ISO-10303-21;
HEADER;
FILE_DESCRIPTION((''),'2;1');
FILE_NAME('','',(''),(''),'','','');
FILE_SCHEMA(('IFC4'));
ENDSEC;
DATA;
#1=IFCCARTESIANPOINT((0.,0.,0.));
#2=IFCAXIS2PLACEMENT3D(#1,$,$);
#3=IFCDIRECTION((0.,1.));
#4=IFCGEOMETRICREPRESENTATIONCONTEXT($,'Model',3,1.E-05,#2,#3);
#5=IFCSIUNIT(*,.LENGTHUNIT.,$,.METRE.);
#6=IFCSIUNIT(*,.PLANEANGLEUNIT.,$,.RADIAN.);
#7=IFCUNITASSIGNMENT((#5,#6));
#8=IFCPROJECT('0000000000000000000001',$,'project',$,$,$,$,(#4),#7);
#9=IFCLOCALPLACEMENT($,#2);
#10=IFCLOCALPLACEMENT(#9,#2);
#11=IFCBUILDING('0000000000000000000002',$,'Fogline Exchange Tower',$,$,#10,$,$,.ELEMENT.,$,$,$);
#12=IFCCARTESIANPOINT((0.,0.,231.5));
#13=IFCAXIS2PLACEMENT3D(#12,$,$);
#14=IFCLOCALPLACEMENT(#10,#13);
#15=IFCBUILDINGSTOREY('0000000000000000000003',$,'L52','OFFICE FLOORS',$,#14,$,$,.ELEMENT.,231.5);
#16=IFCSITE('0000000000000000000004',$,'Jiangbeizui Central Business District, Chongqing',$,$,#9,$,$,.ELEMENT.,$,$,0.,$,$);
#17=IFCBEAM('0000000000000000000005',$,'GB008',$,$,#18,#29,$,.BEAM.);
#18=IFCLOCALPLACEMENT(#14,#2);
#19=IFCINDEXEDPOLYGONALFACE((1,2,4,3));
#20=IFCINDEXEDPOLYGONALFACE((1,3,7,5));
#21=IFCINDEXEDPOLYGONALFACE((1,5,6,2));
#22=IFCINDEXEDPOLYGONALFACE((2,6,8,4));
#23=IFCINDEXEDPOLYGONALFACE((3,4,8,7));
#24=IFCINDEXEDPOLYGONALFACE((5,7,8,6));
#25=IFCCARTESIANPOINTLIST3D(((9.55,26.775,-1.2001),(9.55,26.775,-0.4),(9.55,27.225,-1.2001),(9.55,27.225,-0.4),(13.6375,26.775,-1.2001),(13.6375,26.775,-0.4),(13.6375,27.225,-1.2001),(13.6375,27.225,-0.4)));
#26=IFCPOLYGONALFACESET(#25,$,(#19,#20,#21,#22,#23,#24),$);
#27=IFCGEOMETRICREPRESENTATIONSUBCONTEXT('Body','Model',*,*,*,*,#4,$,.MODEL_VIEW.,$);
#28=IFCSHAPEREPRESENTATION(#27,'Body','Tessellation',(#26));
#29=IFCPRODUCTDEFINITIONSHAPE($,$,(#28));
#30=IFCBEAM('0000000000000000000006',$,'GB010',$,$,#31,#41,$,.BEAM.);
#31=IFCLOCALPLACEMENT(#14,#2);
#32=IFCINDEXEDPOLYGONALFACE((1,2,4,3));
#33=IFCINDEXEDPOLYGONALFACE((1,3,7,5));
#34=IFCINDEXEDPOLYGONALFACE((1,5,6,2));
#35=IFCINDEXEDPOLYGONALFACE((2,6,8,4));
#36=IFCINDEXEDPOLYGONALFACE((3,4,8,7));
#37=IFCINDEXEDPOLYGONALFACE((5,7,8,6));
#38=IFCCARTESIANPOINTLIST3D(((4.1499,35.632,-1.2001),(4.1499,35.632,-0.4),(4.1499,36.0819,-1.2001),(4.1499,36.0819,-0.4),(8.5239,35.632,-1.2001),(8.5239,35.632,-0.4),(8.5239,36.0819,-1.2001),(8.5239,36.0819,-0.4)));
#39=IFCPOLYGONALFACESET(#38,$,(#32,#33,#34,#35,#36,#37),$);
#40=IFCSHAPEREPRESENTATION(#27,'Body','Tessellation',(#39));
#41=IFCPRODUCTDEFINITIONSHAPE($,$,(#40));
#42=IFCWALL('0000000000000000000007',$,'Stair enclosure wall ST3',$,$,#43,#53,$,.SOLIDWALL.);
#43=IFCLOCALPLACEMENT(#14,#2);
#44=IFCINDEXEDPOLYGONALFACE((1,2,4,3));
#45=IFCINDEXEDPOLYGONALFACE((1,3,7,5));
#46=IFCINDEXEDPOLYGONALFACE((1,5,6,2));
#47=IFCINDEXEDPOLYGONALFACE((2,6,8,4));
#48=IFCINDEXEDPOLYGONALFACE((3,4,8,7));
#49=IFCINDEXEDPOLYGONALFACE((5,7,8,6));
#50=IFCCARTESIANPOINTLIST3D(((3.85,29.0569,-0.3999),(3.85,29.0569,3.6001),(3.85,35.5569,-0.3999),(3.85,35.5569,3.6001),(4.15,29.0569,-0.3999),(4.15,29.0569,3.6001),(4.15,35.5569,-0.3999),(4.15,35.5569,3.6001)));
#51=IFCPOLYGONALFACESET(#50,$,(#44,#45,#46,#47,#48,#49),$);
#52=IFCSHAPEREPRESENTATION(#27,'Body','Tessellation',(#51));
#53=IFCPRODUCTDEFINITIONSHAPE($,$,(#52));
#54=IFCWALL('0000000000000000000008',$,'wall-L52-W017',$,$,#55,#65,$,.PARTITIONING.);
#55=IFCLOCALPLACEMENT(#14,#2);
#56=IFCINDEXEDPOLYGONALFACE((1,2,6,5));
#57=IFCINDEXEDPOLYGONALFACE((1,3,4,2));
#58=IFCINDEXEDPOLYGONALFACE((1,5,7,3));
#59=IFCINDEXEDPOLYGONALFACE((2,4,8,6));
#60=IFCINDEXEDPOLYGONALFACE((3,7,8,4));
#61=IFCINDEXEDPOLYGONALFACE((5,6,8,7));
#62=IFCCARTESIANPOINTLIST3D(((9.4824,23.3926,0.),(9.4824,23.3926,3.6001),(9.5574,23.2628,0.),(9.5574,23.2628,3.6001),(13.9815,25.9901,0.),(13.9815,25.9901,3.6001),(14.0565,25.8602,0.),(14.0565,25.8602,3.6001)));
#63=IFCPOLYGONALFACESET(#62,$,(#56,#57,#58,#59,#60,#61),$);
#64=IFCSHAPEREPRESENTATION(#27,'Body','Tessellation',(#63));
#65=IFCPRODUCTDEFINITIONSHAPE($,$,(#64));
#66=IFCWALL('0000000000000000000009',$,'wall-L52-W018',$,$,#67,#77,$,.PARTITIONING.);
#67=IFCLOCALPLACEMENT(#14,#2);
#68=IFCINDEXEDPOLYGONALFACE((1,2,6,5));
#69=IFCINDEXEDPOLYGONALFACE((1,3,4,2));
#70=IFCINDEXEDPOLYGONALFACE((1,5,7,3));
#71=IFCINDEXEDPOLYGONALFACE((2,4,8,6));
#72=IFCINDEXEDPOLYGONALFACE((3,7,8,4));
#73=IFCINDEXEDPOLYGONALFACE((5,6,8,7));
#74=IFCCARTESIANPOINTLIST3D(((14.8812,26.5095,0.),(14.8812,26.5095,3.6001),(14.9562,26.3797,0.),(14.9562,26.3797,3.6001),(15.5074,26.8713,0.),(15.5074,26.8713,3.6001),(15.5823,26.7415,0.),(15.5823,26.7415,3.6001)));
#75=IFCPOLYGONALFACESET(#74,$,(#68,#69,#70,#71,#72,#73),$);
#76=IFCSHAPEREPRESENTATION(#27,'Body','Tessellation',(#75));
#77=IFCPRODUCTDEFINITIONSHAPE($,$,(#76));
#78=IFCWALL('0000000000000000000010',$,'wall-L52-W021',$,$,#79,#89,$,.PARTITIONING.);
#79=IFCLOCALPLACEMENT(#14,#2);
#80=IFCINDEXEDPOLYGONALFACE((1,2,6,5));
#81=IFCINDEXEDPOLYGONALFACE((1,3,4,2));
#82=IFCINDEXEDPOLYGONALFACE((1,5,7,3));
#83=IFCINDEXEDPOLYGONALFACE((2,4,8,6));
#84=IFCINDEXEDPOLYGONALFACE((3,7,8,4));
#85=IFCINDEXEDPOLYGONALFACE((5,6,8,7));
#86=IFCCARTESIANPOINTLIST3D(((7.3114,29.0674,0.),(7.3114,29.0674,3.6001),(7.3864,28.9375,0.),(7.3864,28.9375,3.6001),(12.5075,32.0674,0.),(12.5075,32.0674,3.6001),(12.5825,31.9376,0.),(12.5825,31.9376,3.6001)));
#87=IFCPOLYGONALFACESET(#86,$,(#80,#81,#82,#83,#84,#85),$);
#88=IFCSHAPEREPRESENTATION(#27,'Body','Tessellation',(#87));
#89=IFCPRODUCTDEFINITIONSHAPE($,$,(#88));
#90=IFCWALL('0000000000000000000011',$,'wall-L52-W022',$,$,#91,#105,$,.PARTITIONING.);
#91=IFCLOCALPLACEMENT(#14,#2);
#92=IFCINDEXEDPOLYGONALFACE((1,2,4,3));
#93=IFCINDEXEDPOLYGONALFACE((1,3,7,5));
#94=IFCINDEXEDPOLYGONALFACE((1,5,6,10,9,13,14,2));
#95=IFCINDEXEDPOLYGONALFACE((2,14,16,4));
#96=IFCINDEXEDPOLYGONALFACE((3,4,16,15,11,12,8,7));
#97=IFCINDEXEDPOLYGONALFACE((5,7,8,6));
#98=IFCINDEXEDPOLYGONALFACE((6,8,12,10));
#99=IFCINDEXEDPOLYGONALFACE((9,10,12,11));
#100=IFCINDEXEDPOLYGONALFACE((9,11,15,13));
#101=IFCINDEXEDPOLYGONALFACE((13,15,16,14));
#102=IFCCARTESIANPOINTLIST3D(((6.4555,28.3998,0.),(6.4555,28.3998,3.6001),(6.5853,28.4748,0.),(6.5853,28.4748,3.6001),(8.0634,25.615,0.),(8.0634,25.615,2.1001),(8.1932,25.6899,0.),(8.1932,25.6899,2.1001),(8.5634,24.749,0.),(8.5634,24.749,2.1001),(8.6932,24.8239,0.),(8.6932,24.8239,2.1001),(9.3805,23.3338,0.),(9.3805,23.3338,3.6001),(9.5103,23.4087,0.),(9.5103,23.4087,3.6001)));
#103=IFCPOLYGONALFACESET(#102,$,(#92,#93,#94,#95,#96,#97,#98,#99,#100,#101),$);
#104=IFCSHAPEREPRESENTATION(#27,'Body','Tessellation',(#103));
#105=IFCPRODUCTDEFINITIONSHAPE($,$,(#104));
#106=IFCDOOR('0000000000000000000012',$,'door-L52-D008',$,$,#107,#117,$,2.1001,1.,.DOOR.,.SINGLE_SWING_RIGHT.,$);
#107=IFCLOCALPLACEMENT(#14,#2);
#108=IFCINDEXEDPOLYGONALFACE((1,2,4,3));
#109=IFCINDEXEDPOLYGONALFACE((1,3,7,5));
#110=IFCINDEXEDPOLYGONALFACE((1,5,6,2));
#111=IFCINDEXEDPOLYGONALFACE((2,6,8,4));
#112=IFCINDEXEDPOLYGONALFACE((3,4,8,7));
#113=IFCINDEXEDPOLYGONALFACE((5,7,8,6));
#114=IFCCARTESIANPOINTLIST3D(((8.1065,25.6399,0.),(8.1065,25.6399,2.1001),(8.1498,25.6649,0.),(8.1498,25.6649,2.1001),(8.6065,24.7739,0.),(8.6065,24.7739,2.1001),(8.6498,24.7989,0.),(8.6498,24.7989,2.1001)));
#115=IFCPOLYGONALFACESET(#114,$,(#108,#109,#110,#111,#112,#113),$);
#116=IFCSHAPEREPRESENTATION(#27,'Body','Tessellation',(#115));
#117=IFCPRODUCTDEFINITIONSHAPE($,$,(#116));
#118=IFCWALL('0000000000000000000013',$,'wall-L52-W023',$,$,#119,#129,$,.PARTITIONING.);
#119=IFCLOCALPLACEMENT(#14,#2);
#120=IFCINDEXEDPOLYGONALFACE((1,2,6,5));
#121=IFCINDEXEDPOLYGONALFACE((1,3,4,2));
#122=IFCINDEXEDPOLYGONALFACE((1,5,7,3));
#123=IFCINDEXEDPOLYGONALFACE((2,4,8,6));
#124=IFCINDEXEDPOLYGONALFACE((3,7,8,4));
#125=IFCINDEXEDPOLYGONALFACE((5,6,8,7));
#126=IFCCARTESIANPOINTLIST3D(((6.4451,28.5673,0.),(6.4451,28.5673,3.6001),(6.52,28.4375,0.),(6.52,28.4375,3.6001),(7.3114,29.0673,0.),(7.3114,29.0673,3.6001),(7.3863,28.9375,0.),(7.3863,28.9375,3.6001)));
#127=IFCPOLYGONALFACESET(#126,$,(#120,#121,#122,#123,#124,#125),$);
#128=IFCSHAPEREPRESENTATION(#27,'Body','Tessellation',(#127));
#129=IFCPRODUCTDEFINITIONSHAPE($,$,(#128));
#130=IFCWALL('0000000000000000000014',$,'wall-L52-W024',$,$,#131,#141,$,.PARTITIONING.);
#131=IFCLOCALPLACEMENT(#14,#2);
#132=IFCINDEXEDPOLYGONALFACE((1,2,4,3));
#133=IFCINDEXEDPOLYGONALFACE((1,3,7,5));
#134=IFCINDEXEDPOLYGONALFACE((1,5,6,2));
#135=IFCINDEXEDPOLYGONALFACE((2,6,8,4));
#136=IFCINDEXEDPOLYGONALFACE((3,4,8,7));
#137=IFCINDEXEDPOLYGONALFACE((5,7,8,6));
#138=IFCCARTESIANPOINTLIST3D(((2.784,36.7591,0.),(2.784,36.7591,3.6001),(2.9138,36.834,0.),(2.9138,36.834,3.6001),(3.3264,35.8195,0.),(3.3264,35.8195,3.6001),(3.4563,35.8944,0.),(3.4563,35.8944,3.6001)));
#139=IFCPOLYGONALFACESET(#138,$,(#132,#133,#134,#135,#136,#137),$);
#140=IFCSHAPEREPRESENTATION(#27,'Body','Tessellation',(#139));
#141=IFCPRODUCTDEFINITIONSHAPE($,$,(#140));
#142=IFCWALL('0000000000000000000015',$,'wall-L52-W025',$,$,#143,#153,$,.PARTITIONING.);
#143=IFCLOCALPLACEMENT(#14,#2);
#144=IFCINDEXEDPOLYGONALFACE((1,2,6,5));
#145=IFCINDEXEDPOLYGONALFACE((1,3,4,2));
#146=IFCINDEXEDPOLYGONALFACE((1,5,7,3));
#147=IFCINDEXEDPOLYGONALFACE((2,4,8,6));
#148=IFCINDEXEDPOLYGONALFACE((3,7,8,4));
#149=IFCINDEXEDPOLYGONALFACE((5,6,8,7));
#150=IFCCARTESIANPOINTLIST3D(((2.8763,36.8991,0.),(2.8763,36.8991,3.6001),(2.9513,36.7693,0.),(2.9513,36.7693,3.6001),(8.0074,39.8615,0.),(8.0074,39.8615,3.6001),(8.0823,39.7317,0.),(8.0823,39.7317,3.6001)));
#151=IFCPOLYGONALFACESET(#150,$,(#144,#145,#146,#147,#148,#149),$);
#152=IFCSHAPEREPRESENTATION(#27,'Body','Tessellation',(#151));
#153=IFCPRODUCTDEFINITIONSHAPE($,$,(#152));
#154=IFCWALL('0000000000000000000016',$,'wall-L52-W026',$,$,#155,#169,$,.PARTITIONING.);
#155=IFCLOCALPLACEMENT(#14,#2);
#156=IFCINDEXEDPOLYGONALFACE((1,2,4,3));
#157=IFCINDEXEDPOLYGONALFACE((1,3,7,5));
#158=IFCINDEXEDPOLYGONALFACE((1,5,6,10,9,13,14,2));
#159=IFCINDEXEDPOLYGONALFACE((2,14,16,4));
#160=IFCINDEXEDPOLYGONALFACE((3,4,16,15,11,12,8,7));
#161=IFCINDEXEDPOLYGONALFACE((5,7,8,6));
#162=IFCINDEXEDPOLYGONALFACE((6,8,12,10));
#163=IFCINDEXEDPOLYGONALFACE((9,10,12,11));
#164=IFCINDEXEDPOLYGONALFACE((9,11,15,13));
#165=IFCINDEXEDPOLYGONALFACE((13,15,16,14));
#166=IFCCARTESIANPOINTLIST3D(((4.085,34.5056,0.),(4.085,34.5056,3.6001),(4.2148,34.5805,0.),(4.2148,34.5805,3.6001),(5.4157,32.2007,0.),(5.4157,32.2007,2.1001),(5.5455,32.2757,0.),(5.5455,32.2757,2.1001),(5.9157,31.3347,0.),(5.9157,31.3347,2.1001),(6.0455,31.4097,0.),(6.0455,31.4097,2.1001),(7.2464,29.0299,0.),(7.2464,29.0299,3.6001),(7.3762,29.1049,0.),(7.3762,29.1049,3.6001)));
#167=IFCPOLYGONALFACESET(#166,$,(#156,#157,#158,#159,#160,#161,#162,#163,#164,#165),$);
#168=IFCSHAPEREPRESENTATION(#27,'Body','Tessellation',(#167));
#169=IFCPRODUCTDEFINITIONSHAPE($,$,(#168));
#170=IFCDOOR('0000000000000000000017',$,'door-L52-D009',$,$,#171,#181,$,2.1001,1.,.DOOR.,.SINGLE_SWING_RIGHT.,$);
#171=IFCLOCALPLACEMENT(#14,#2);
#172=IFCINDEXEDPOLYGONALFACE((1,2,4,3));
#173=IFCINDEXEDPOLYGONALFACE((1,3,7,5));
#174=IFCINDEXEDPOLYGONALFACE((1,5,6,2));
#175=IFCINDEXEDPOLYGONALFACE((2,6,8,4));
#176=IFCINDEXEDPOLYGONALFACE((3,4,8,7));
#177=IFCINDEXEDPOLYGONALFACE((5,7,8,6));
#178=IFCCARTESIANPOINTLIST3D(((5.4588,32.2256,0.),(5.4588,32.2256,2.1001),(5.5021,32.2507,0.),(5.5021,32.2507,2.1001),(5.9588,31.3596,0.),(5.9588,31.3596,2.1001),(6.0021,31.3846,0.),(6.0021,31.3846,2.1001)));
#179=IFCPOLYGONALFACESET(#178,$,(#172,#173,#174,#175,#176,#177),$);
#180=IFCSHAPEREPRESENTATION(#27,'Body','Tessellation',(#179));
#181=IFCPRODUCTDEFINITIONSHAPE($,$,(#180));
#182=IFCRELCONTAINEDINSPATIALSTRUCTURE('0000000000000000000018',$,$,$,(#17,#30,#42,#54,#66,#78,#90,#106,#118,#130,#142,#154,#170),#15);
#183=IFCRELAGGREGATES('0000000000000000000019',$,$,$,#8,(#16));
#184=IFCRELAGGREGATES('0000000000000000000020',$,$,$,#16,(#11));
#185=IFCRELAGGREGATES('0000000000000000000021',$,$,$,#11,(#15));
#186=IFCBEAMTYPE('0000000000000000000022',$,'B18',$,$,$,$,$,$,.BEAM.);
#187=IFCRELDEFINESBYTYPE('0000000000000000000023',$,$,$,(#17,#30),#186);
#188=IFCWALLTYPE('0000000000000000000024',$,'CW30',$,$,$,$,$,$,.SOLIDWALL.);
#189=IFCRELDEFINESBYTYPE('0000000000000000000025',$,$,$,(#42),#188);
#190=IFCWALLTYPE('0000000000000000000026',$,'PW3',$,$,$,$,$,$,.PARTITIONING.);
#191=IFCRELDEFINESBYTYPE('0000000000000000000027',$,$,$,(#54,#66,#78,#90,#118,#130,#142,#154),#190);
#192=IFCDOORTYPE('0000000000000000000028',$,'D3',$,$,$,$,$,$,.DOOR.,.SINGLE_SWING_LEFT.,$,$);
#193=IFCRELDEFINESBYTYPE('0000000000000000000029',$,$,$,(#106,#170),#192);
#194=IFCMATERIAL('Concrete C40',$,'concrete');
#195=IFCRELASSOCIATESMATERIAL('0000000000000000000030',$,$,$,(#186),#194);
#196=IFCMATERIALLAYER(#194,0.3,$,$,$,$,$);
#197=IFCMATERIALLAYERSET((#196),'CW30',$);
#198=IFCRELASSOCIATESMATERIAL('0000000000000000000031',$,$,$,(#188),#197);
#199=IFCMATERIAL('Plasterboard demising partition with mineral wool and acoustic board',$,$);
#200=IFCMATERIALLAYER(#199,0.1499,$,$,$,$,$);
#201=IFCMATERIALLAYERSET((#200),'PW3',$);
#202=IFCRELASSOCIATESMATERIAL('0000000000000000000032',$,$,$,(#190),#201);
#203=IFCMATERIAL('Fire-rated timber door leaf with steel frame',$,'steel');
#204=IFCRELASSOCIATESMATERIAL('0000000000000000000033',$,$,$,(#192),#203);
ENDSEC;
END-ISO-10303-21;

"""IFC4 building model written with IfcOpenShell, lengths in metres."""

from ifc_helpers import new_model, si_unit, direction, frame, frame_2d, origin, origin_2d, place, context, subcontext, project, spatial, rectangle, extrude, material, layer, layer_set, material_profile, profile_set, type_object, element, fill, save


model = new_model("IFC4")

# Units and contexts
model_context = context("Model", 3, precision=1e-05, world=origin(), true_north=direction((0.0, 1.0)))
body_context = subcontext(model_context, "Body", "Model", "MODEL_VIEW")
ifc_project = project(units=[si_unit("LENGTHUNIT", "METRE"), si_unit("PLANEANGLEUNIT", "RADIAN")], contexts=[model_context])

# Site, building, storey
site_placement = place(None, origin())
site = spatial("IfcSite", under=ifc_project, at=site_placement, Name="Jiangbeizui Central Business District, Chongqing", CompositionType="ELEMENT", RefElevation=0.0)
building_placement = place(site_placement, origin())
building = spatial("IfcBuilding", under=site, at=building_placement, Name="Fogline Exchange Tower", CompositionType="ELEMENT")
storey_placement = place(building_placement, frame((0.0, 0.0, 231.5)))
storey = spatial("IfcBuildingStorey", under=building, at=storey_placement, Name="L52", Description="OFFICE FLOORS", CompositionType="ELEMENT", Elevation=231.5)

# Beams
ifc_material_1 = material(Name="Concrete C40", Category="concrete")
ifc_material_profile_1 = material_profile(ifc_material_1, rectangle(XDim=0.45, YDim=0.8, at=origin_2d()), Name="RC 450x800")
ifc_profile_set_1 = profile_set([ifc_material_profile_1], Name="Concrete C40")
beam_type_1 = type_object("IfcBeamType", Name="B18", PredefinedType="BEAM", material=ifc_profile_set_1)
beam_1_placement = place(storey_placement, frame((9.55, 27.0, -0.8), z_axis=(1.0, 0.0, 0.0), x_axis=(0.0, 1.0, 0.0)))
element("IfcBeam", 1, at=beam_1_placement, inside=storey, type_object=beam_type_1, Name="GB008", PredefinedType="BEAM", context=body_context, shape_type="SweptSolid", body=[
    extrude(rectangle(XDim=0.45, YDim=0.8, at=origin_2d()), origin(), (0.0, 0.0, 1.0), 4.0874),
])
beam_2_placement = place(storey_placement, frame((4.1499, 35.8569, -0.8), z_axis=(1.0, 0.0, 0.0), x_axis=(0.0, 1.0, 0.0)))
element("IfcBeam", 2, at=beam_2_placement, inside=storey, type_object=beam_type_1, Name="GB010", PredefinedType="BEAM", context=body_context, shape_type="SweptSolid", body=[
    extrude(rectangle(XDim=0.45, YDim=0.8, at=origin_2d()), origin(), (0.0, 0.0, 1.0), 4.374),
])

# Wall
ifc_layer_1 = layer(ifc_material_1, 0.3)
ifc_layer_set_1 = layer_set([ifc_layer_1], Name="CW30")
wall_type_1 = type_object("IfcWallType", Name="CW30", PredefinedType="SOLIDWALL", material=ifc_layer_set_1)
wall_1_placement = place(storey_placement, frame((4.0, 29.0569, -0.3999), z_axis=(0.0, 0.0, 1.0), x_axis=(0.0, 1.0, 0.0)))
element("IfcWall", 3, at=wall_1_placement, inside=storey, type_object=wall_type_1, Name="Stair enclosure wall ST3", PredefinedType="SOLIDWALL", context=body_context, shape_type="SweptSolid", body=[
    extrude(rectangle(XDim=6.5, YDim=0.3, at=frame_2d((3.25, 0.0))), origin(), (0.0, 0.0, 1.0), 4.0),
])

# Walls
ifc_material_2 = material(Name="Plasterboard demising partition with mineral wool and acoustic board")
ifc_layer_2 = layer(ifc_material_2, 0.1499)
ifc_layer_set_2 = layer_set([ifc_layer_2], Name="PW3")
wall_type_2 = type_object("IfcWallType", Name="PW3", PredefinedType="PARTITIONING", material=ifc_layer_set_2)
wall_2_placement = place(storey_placement, frame((9.5198, 23.3276, 0.0), z_axis=(0.0, 0.0, 1.0), x_axis=(0.866034, 0.499986, 0.0)))
element("IfcWall", 4, at=wall_2_placement, inside=storey, type_object=wall_type_2, Name="wall-L52-W017", PredefinedType="PARTITIONING", context=body_context, shape_type="SweptSolid", body=[
    extrude(rectangle(XDim=5.1951, YDim=0.1499, at=frame_2d((2.5977, 0.0))), origin(), (0.0, 0.0, 1.0), 3.6001),
])
wall_3_placement = place(storey_placement, frame((14.9187, 26.4446, 0.0), z_axis=(0.0, 0.0, 1.0), x_axis=(0.865865, 0.500278, 0.0)))
element("IfcWall", 5, at=wall_3_placement, inside=storey, type_object=wall_type_2, Name="wall-L52-W018", PredefinedType="PARTITIONING", context=body_context, shape_type="SweptSolid", body=[
    extrude(rectangle(XDim=0.7231, YDim=0.1499, at=frame_2d((0.3616, 0.0))), origin(), (0.0, 0.0, 1.0), 3.6001),
])
wall_4_placement = place(storey_placement, frame((7.3489, 29.0024, 0.0), z_axis=(0.0, 0.0, 1.0), x_axis=(0.866021, 0.500008, 0.0)))
element("IfcWall", 6, at=wall_4_placement, inside=storey, type_object=wall_type_2, Name="wall-L52-W021", PredefinedType="PARTITIONING", context=body_context, shape_type="SweptSolid", body=[
    extrude(rectangle(XDim=6.0, YDim=0.1499, at=frame_2d((3.0, 0.0))), origin(), (0.0, 0.0, 1.0), 3.6001),
])

# Wall, opening, door
wall_5_placement = place(storey_placement, frame((9.4453, 23.3713, 0.0), z_axis=(0.0, 0.0, 1.0), x_axis=(-0.500013, 0.866018, 0.0)))
wall_5 = element("IfcWall", 7, at=wall_5_placement, inside=storey, type_object=wall_type_2, Name="wall-L52-W022", PredefinedType="PARTITIONING", context=body_context, shape_type="SweptSolid", body=[
    extrude(rectangle(XDim=5.8499, YDim=0.1499, at=frame_2d((2.9248, 0.0))), origin(), (0.0, 0.0, 1.0), 3.6001),
])
opening_1_placement = place(wall_5_placement, frame((1.634, 0.0, 0.0)))
opening_1 = element("IfcOpeningElement", 8, at=opening_1_placement, cuts=wall_5, PredefinedType="OPENING", context=body_context, shape_type="SweptSolid", body=[
    extrude(rectangle(XDim=1.0, YDim=2.1001, at=frame_2d((0.5, 1.05))), frame((0.0, 0.085, 0.0), z_axis=(0.0, -1.0, 0.0), x_axis=(1.0, 0.0, 0.0)), (0.0, 0.0, 1.0), 0.1699),
])
ifc_material_3 = material(Name="Fire-rated timber door leaf with steel frame", Category="steel")
door_type_1 = type_object("IfcDoorType", Name="D3", OperationType="SINGLE_SWING_LEFT", PredefinedType="DOOR", material=ifc_material_3)
door_1_placement = place(opening_1_placement, frame((1.0, 0.0, 0.0), z_axis=(0.0, 0.0, 1.0), x_axis=(-1.0, 0.0, 0.0)))
door_1 = element("IfcDoor", 9, at=door_1_placement, inside=storey, type_object=door_type_1, Name="door-L52-D008", OperationType="SINGLE_SWING_RIGHT", OverallHeight=2.1001, OverallWidth=1.0, PredefinedType="DOOR", context=body_context, shape_type="SweptSolid", body=[
    extrude(rectangle(XDim=1.0, YDim=2.1001, at=frame_2d((0.5, 1.05))), frame((0.0, 0.0249, 0.0), z_axis=(0.0, -1.0, 0.0), x_axis=(1.0, 0.0, 0.0)), (0.0, 0.0, 1.0), 0.05),
])
fill(opening_1, door_1)

# Walls
wall_6_placement = place(storey_placement, frame((6.4827, 28.5024, 0.0), z_axis=(0.0, 0.0, 1.0), x_axis=(0.866072, 0.49992, 0.0)))
element("IfcWall", 10, at=wall_6_placement, inside=storey, type_object=wall_type_2, Name="wall-L52-W023", PredefinedType="PARTITIONING", context=body_context, shape_type="SweptSolid", body=[
    extrude(rectangle(XDim=1.0002, YDim=0.1499, at=frame_2d((0.5, 0.0))), origin(), (0.0, 0.0, 1.0), 3.6001),
])
wall_7_placement = place(storey_placement, frame((3.3914, 35.8569, 0.0), z_axis=(0.0, 0.0, 1.0), x_axis=(-0.499963, 0.866047, 0.0)))
element("IfcWall", 11, at=wall_7_placement, inside=storey, type_object=wall_type_2, Name="wall-L52-W024", PredefinedType="PARTITIONING", context=body_context, shape_type="SweptSolid", body=[
    extrude(rectangle(XDim=1.085, YDim=0.1499, at=frame_2d((0.5425, 0.0))), origin(), (0.0, 0.0, 1.0), 3.6001),
])
wall_8_placement = place(storey_placement, frame((2.9138, 36.8342, 0.0), z_axis=(0.0, 0.0, 1.0), x_axis=(0.866028, 0.499995, 0.0)))
element("IfcWall", 12, at=wall_8_placement, inside=storey, type_object=wall_type_2, Name="wall-L52-W025", PredefinedType="PARTITIONING", context=body_context, shape_type="SweptSolid", body=[
    extrude(rectangle(XDim=5.9248, YDim=0.1499, at=frame_2d((2.9624, 0.0))), origin(), (0.0, 0.0, 1.0), 3.6001),
])

# Wall, opening, door
wall_9_placement = place(storey_placement, frame((7.3113, 29.0674, 0.0), z_axis=(0.0, 0.0, 1.0), x_axis=(-0.500005, 0.866022, 0.0)))
wall_9 = element("IfcWall", 13, at=wall_9_placement, inside=storey, type_object=wall_type_2, Name="wall-L52-W026", PredefinedType="PARTITIONING", context=body_context, shape_type="SweptSolid", body=[
    extrude(rectangle(XDim=6.3228, YDim=0.1499, at=frame_2d((3.1614, 0.0))), origin(), (0.0, 0.0, 1.0), 3.6001),
])
opening_2_placement = place(wall_9_placement, frame((2.6614, 0.0, 0.0)))
opening_2 = element("IfcOpeningElement", 14, at=opening_2_placement, cuts=wall_9, PredefinedType="OPENING", context=body_context, shape_type="SweptSolid", body=[
    extrude(rectangle(XDim=1.0, YDim=2.1001, at=frame_2d((0.5, 1.05))), frame((0.0, 0.085, 0.0), z_axis=(0.0, -1.0, 0.0), x_axis=(1.0, 0.0, 0.0)), (0.0, 0.0, 1.0), 0.1699),
])
door_2_placement = place(opening_2_placement, frame((1.0, 0.0, 0.0), z_axis=(0.0, 0.0, 1.0), x_axis=(-1.0, 0.0, 0.0)))
door_2 = element("IfcDoor", 15, at=door_2_placement, inside=storey, type_object=door_type_1, Name="door-L52-D009", OperationType="SINGLE_SWING_RIGHT", OverallHeight=2.1001, OverallWidth=1.0, PredefinedType="DOOR", context=body_context, shape_type="SweptSolid", body=[
    extrude(rectangle(XDim=1.0, YDim=2.1001, at=frame_2d((0.5, 1.05))), frame((0.0, 0.0249, 0.0), z_axis=(0.0, -1.0, 0.0), x_axis=(1.0, 0.0, 0.0)), (0.0, 0.0, 1.0), 0.05),
])
fill(opening_2, door_2)

save(model, "model.ifc")
